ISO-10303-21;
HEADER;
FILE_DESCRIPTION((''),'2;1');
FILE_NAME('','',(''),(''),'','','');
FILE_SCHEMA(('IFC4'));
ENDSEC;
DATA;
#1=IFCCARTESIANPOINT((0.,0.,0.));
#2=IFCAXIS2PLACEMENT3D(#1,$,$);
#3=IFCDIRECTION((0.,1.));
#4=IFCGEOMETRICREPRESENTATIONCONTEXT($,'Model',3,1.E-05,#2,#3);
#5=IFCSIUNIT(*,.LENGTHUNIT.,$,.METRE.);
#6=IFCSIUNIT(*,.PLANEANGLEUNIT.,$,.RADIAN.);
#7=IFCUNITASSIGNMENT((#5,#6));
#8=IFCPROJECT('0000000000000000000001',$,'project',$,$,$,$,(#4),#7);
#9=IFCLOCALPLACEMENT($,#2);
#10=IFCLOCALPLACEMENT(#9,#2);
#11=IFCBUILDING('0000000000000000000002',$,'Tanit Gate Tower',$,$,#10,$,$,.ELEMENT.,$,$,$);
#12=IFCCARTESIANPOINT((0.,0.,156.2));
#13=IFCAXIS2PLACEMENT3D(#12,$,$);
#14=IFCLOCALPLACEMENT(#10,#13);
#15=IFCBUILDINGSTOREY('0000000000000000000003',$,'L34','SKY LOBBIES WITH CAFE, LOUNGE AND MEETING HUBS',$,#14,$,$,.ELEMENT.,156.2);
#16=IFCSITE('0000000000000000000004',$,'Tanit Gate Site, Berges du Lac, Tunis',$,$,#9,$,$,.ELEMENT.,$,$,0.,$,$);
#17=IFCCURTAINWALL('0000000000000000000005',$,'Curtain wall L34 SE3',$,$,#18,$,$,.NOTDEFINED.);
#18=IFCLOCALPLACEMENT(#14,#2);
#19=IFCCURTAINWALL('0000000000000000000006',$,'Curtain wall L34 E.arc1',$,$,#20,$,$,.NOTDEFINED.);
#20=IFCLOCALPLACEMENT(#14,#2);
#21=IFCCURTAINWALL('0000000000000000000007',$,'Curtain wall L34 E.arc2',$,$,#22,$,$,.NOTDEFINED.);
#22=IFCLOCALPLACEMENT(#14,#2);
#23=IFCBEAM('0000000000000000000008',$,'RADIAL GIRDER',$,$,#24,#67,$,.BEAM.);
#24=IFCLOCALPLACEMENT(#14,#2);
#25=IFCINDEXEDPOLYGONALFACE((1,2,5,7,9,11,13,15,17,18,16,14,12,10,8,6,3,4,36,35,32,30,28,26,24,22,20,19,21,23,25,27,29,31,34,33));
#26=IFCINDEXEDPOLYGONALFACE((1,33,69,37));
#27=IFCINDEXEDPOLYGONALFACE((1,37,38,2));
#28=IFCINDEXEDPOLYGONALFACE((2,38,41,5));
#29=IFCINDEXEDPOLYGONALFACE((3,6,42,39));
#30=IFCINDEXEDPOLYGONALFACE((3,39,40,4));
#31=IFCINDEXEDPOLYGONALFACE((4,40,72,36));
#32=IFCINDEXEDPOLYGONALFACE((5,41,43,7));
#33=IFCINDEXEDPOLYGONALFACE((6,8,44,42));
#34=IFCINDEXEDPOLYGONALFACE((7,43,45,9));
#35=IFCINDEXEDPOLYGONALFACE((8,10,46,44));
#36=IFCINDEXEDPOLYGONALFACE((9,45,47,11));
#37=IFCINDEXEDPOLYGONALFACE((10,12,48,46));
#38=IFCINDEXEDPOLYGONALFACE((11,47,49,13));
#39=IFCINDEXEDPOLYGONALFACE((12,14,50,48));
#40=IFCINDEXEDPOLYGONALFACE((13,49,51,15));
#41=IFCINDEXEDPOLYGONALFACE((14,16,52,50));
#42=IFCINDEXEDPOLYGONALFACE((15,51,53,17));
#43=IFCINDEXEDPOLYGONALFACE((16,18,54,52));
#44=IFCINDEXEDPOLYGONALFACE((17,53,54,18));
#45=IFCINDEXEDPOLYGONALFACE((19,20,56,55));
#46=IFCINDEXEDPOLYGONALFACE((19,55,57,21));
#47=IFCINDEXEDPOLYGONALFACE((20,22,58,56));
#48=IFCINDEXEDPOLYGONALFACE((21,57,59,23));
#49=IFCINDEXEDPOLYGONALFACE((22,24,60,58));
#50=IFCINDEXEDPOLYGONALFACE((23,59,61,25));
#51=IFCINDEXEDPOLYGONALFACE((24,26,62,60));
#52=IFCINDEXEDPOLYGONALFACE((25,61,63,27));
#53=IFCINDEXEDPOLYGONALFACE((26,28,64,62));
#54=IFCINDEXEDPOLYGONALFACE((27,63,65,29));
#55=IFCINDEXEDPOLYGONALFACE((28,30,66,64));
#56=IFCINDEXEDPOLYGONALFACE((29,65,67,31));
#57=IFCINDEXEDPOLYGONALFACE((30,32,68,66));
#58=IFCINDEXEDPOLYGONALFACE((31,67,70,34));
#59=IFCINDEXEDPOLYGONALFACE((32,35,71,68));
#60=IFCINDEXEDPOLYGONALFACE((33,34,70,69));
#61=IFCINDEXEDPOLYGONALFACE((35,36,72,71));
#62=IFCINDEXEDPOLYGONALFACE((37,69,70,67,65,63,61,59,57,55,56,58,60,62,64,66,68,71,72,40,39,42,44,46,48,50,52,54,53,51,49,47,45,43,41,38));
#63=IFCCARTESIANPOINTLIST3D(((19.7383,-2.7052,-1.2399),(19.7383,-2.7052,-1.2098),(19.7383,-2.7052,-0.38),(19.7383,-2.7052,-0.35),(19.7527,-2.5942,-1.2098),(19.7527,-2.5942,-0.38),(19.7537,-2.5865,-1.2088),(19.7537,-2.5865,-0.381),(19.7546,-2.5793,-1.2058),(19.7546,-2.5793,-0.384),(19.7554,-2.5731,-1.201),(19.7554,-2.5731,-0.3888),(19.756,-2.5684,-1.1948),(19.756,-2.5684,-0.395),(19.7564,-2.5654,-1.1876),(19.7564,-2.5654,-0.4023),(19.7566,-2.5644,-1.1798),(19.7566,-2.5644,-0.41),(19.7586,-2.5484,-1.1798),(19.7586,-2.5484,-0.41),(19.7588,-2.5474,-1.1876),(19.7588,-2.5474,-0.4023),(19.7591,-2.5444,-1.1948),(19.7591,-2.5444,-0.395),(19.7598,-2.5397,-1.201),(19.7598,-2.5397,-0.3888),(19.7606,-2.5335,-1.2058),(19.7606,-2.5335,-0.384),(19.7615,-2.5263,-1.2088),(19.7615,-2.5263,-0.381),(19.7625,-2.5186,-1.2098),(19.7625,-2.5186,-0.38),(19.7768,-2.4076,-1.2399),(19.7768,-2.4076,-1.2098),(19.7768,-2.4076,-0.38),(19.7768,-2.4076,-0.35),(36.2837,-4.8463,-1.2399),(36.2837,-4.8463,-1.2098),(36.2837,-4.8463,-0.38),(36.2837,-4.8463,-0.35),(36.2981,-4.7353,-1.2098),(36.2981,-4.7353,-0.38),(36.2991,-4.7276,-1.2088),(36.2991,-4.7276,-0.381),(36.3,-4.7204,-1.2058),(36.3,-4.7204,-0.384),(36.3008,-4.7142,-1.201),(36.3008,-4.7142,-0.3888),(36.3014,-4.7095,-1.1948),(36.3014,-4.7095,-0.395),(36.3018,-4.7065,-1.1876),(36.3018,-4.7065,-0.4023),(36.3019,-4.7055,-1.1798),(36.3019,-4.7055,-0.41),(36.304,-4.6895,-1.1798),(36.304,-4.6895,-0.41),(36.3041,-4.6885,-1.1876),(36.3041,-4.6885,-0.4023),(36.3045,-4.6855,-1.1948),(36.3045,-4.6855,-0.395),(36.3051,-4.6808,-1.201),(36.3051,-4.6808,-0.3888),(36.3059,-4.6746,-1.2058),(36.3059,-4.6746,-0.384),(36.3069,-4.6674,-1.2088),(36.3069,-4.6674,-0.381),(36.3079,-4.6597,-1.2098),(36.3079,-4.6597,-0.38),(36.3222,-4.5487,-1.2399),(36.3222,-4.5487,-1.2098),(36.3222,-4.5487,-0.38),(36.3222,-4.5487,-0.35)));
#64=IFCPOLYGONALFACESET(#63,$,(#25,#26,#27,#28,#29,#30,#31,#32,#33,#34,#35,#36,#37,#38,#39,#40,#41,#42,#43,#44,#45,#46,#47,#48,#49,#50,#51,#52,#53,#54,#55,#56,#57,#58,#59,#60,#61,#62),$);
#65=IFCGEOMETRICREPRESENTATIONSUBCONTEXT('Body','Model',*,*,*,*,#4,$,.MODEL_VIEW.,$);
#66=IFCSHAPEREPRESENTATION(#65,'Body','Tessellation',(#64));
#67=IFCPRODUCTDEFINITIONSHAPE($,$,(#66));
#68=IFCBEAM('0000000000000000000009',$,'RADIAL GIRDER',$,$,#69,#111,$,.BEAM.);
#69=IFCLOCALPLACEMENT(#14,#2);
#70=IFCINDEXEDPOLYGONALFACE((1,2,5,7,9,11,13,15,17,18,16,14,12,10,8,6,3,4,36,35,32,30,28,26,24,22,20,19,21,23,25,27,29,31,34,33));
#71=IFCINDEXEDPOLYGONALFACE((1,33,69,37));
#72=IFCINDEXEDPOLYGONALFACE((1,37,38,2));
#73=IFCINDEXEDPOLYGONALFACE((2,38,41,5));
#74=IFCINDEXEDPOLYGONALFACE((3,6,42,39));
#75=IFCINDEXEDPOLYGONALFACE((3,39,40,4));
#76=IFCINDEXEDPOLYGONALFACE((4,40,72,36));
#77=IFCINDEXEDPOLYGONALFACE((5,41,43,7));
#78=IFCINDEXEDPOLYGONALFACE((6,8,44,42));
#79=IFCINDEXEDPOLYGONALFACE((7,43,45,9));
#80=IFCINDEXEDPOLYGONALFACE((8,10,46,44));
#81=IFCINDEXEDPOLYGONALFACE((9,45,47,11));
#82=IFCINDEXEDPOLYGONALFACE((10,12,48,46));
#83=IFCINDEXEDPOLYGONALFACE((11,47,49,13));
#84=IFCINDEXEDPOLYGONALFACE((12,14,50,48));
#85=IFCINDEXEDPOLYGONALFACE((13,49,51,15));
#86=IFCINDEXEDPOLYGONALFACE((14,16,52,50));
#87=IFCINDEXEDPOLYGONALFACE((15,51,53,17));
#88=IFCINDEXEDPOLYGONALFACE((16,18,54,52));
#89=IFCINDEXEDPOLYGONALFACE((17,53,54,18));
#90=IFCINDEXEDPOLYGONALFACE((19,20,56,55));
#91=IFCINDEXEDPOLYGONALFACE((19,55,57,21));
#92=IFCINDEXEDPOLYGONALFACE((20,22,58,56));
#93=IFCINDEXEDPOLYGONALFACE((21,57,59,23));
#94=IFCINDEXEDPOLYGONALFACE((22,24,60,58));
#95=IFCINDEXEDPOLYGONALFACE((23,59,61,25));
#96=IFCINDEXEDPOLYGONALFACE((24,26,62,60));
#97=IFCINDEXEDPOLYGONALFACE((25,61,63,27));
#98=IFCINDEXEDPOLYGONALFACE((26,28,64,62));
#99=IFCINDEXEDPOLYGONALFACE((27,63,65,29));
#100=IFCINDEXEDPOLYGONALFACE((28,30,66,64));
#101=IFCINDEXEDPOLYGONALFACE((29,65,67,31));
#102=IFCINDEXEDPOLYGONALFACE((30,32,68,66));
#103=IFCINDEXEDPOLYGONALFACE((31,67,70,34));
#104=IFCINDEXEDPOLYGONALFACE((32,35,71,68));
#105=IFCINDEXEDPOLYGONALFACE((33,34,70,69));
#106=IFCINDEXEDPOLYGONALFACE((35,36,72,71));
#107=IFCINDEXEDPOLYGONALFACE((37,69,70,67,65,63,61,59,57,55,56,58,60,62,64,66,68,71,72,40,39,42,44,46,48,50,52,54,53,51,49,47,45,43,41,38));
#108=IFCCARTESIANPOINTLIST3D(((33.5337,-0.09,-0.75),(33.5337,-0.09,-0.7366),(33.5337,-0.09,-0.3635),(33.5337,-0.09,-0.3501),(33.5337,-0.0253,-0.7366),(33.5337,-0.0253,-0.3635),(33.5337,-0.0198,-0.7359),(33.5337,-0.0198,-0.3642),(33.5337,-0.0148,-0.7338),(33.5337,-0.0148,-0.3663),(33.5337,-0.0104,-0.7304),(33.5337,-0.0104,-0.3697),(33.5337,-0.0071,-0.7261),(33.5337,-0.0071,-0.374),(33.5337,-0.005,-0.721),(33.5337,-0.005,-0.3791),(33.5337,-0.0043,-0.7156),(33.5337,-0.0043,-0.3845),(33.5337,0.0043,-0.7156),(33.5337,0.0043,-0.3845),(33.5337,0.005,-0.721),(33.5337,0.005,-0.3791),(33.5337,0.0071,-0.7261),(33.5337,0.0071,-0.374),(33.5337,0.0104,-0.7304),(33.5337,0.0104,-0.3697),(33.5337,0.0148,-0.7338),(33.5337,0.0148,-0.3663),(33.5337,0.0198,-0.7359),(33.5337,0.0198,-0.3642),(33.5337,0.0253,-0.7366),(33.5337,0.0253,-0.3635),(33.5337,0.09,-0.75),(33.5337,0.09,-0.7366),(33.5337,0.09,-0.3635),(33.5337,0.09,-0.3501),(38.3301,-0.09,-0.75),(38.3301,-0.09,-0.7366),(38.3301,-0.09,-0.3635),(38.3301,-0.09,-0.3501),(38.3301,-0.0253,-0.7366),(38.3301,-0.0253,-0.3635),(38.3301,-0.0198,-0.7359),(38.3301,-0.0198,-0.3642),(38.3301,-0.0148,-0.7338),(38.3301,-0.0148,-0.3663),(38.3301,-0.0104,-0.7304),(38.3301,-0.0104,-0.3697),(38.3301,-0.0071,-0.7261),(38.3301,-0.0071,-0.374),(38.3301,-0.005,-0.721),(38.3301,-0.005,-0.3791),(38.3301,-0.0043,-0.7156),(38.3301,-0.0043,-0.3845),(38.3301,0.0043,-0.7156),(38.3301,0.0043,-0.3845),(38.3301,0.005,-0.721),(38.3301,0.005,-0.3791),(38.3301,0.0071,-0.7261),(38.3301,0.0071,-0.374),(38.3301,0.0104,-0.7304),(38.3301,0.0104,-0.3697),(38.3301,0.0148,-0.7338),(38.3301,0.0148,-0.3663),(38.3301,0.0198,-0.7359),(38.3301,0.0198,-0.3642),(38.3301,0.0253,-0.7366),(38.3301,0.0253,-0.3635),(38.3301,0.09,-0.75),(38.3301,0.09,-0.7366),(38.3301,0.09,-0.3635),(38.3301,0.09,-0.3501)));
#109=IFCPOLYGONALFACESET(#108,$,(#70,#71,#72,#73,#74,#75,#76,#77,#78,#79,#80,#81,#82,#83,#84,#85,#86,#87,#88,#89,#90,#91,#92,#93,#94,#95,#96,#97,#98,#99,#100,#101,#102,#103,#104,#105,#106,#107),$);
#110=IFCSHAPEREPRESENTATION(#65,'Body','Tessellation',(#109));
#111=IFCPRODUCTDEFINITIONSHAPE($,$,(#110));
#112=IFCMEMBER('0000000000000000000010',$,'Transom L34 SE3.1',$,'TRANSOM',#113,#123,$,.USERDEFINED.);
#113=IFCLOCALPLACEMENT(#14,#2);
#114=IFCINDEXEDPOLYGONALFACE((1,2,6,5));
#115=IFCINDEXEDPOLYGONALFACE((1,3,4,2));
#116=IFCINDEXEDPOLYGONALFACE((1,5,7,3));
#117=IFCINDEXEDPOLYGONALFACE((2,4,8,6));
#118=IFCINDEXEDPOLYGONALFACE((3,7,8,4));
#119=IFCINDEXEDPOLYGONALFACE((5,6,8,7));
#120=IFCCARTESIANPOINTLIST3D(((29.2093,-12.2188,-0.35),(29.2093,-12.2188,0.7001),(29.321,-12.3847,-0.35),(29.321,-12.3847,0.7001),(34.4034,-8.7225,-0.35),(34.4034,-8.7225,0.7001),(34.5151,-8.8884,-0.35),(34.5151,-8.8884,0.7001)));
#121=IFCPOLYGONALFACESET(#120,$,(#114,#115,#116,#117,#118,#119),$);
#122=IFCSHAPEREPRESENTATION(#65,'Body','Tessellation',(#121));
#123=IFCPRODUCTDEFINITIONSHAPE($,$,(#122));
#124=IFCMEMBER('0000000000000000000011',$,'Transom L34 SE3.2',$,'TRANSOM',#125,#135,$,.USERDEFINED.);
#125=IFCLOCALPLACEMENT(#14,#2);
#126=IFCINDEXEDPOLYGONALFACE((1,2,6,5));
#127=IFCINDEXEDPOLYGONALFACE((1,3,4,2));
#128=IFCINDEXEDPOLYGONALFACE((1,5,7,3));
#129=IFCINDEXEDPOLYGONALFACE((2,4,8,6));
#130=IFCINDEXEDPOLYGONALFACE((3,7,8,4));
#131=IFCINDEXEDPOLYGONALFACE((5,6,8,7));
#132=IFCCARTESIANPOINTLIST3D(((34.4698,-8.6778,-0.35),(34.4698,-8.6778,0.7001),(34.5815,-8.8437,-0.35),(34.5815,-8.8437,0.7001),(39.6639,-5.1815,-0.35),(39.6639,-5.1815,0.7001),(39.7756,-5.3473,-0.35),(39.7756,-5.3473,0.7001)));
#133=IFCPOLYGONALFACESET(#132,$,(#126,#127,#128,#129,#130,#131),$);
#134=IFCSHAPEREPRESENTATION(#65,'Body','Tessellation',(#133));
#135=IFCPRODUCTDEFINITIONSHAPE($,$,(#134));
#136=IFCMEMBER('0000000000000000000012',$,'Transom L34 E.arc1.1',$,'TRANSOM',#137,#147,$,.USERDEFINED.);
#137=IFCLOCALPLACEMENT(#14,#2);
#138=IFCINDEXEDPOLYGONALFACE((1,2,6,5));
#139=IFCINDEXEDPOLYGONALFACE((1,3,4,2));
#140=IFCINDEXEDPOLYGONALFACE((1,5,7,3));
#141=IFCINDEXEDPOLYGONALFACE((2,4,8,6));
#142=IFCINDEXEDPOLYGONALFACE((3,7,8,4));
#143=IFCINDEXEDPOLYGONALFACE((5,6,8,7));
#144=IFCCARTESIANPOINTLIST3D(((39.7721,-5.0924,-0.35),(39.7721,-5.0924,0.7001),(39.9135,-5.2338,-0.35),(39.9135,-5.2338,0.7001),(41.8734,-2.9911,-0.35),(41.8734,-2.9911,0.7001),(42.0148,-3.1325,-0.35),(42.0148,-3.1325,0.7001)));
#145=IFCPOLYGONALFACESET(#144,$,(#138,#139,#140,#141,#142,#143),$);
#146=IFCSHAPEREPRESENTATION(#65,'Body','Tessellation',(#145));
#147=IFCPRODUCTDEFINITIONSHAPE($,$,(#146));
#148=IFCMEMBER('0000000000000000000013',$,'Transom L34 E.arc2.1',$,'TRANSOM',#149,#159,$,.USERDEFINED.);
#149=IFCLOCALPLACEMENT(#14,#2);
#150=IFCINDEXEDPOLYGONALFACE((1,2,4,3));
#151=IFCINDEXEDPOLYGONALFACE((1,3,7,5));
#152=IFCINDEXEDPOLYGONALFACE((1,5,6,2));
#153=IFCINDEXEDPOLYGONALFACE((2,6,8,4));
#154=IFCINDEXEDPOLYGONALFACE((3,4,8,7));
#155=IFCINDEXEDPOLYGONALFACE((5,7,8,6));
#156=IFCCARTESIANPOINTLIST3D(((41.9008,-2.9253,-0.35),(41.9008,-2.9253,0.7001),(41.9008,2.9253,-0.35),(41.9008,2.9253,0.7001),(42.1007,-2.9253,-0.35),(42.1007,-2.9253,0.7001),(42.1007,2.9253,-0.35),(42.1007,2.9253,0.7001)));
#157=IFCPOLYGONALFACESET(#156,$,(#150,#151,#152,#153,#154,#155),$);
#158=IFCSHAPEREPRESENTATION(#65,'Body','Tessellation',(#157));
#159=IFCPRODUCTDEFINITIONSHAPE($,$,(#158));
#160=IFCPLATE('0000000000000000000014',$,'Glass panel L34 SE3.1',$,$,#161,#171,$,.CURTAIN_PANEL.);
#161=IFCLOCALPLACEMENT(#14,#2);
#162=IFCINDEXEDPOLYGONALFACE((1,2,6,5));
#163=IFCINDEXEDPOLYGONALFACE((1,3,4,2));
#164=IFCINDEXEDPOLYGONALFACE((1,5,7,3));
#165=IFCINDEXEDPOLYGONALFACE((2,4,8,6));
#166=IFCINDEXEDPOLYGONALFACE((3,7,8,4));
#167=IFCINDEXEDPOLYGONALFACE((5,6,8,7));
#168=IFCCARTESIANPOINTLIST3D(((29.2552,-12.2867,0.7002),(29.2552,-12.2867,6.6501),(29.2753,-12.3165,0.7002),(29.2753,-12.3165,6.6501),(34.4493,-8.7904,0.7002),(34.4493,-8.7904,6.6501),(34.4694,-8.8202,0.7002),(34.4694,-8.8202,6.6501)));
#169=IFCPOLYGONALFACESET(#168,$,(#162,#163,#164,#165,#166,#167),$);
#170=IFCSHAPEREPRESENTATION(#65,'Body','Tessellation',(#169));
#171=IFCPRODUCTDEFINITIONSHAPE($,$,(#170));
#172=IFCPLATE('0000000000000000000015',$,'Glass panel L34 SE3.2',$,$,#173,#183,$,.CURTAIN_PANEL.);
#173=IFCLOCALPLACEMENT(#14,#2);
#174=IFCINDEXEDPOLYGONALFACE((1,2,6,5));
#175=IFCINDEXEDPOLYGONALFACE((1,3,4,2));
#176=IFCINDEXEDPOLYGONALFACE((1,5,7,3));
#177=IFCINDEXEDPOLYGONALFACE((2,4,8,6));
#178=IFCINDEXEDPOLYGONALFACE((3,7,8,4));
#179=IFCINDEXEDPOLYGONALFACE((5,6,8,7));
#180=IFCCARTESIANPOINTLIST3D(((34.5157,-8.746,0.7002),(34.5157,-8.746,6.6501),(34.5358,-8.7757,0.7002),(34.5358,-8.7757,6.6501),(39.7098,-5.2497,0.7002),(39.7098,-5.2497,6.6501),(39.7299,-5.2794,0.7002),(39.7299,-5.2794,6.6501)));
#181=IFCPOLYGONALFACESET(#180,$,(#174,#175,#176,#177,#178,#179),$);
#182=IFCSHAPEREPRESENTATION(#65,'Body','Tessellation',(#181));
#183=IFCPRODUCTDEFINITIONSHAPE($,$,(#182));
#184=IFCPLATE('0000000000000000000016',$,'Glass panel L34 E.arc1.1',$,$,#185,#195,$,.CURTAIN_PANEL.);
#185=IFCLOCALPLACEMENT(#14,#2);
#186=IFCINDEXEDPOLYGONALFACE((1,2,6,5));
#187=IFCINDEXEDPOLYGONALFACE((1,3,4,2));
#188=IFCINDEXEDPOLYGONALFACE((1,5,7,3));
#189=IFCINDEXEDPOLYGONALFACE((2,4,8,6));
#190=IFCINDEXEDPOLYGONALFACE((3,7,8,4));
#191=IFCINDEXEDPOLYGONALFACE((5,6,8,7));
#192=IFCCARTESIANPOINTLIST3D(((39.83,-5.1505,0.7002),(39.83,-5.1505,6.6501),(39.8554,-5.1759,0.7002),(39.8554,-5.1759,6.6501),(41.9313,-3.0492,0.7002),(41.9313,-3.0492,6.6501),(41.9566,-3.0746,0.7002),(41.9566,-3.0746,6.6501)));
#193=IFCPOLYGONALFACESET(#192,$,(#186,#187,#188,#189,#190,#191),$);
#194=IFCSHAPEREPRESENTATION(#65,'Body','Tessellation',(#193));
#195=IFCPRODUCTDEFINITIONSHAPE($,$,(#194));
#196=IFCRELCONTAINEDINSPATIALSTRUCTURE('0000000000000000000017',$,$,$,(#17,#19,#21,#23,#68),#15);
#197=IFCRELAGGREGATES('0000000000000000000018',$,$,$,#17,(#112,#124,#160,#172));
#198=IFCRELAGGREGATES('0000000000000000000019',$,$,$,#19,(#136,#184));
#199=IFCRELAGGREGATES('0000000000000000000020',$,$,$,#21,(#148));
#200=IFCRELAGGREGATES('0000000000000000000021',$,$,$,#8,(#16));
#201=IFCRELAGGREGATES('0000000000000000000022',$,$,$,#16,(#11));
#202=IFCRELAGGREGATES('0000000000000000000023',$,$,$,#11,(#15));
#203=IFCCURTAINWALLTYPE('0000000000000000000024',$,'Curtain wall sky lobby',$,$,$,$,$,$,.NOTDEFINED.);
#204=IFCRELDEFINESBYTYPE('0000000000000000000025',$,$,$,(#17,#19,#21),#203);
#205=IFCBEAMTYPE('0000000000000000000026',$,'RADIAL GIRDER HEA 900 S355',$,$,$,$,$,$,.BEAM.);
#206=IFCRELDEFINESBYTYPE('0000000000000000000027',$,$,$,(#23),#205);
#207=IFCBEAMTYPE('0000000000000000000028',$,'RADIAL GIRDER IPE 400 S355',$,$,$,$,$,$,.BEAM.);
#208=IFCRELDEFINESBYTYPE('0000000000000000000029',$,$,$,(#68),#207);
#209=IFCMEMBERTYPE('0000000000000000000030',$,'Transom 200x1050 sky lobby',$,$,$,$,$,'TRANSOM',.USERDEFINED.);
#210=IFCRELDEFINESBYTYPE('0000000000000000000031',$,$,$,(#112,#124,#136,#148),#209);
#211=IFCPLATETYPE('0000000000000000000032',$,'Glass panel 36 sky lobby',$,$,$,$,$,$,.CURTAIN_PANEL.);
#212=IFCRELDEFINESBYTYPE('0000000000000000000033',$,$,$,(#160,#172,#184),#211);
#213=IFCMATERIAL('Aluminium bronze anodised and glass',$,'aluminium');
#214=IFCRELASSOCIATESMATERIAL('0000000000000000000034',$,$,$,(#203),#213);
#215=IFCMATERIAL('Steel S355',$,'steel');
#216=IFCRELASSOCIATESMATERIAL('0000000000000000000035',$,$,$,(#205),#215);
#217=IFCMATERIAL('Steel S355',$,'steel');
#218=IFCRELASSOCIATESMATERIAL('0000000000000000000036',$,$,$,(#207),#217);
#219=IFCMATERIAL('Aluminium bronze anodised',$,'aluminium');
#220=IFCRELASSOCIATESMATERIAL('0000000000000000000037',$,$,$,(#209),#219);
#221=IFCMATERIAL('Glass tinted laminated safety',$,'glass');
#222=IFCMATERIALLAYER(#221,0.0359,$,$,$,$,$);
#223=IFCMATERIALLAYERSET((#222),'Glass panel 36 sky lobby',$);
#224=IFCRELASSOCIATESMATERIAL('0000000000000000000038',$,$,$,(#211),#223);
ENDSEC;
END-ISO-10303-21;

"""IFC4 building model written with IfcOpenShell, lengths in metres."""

from ifc_helpers import new_model, si_unit, direction, frame, origin, origin_2d, place, context, subcontext, project, spatial, rectangle, i_section, extrude, material, layer, layer_set, material_profile, profile_set, type_object, element, aggregate, save


model = new_model("IFC4")

# Units and contexts
model_context = context("Model", 3, precision=1e-05, world=origin(), true_north=direction((0.0, 1.0)))
body_context = subcontext(model_context, "Body", "Model", "MODEL_VIEW")
ifc_project = project(units=[si_unit("LENGTHUNIT", "METRE"), si_unit("PLANEANGLEUNIT", "RADIAN")], contexts=[model_context])

# Site, building, storey
site_placement = place(None, origin())
site = spatial("IfcSite", under=ifc_project, at=site_placement, Name="Tanit Gate Site, Berges du Lac, Tunis", CompositionType="ELEMENT", RefElevation=0.0)
building_placement = place(site_placement, origin())
building = spatial("IfcBuilding", under=site, at=building_placement, Name="Tanit Gate Tower", CompositionType="ELEMENT")
storey_placement = place(building_placement, frame((0.0, 0.0, 156.2)))
storey = spatial("IfcBuildingStorey", under=building, at=storey_placement, Name="L34", Description="SKY LOBBIES WITH CAFE, LOUNGE AND MEETING HUBS", CompositionType="ELEMENT", Elevation=156.2)

# Shared definitions
ifc_material_1 = material(Name="Aluminium bronze anodised and glass", Category="aluminium")
curtain_wall_type = type_object("IfcCurtainWallType", Name="Curtain wall sky lobby", PredefinedType="NOTDEFINED", material=ifc_material_1)

# Curtain walls
curtain_wall_1_placement = place(storey_placement, origin())
curtain_wall_1 = element("IfcCurtainWall", 1, at=curtain_wall_1_placement, inside=storey, type_object=curtain_wall_type, Name="Curtain wall L34 SE3", PredefinedType="NOTDEFINED")
curtain_wall_2_placement = place(storey_placement, origin())
curtain_wall_2 = element("IfcCurtainWall", 2, at=curtain_wall_2_placement, inside=storey, type_object=curtain_wall_type, Name="Curtain wall L34 E.arc1", PredefinedType="NOTDEFINED")

# Curtain wall
curtain_wall_3_placement = place(storey_placement, origin())
curtain_wall_3 = element("IfcCurtainWall", 3, at=curtain_wall_3_placement, inside=storey, type_object=curtain_wall_type, Name="Curtain wall L34 E.arc2", PredefinedType="NOTDEFINED")

# Beams
ifc_material_2 = material(Name="Steel S355", Category="steel")
ifc_material_profile_1 = material_profile(ifc_material_2, i_section(OverallWidth=0.3, OverallDepth=0.8899, WebThickness=0.0161, FlangeThickness=0.03, FilletRadius=0.03, at=origin_2d()), Name="HEA 900")
ifc_profile_set_1 = profile_set([ifc_material_profile_1], Name="Steel S355")
beam_type_1 = type_object("IfcBeamType", Name="RADIAL GIRDER HEA 900 S355", PredefinedType="BEAM", material=ifc_profile_set_1)
beam_1_placement = place(storey_placement, frame((36.303, -4.6975, -0.7949), z_axis=(-0.99173, 0.128338, 0.0), x_axis=(-0.128338, -0.99173, 0.0)))
element("IfcBeam", 4, at=beam_1_placement, inside=storey, type_object=beam_type_1, Name="RADIAL GIRDER", PredefinedType="BEAM", context=body_context, shape_type="SweptSolid", body=[
    extrude(i_section(OverallWidth=0.3, OverallDepth=0.8899, WebThickness=0.0161, FlangeThickness=0.03, FilletRadius=0.03, at=origin_2d()), origin(), (0.0, 0.0, 1.0), 16.6833),
])
ifc_material_3 = material(Name="Steel S355", Category="steel")
ifc_material_profile_2 = material_profile(ifc_material_3, i_section(OverallWidth=0.1799, OverallDepth=0.3999, WebThickness=0.0085, FlangeThickness=0.0134, FilletRadius=0.021, at=origin_2d()), Name="IPE 400")
ifc_profile_set_2 = profile_set([ifc_material_profile_2], Name="Steel S355")
beam_type_2 = type_object("IfcBeamType", Name="RADIAL GIRDER IPE 400 S355", PredefinedType="BEAM", material=ifc_profile_set_2)
beam_2_placement = place(storey_placement, frame((38.3301, 0.0, -0.55), z_axis=(-1.0, 0.0, 0.0), x_axis=(0.0, -1.0, 0.0)))
element("IfcBeam", 5, at=beam_2_placement, inside=storey, type_object=beam_type_2, Name="RADIAL GIRDER", PredefinedType="BEAM", context=body_context, shape_type="SweptSolid", body=[
    extrude(i_section(OverallWidth=0.1799, OverallDepth=0.3999, WebThickness=0.0085, FlangeThickness=0.0134, FilletRadius=0.021, at=origin_2d()), origin(), (0.0, 0.0, 1.0), 4.7964),
])

# Members
ifc_material_4 = material(Name="Aluminium bronze anodised", Category="aluminium")
ifc_material_profile_3 = material_profile(ifc_material_4, rectangle(XDim=0.2, YDim=1.05, at=origin_2d()), Name="200x1050 bronze transom")
ifc_profile_set_3 = profile_set([ifc_material_profile_3], Name="Aluminium bronze anodised")
member_type_1 = type_object("IfcMemberType", Name="Transom 200x1050 sky lobby", ElementType="TRANSOM", PredefinedType="USERDEFINED", material=ifc_profile_set_3)
member_1_placement = place(storey_placement, frame((29.2651, -12.3018, 0.175), z_axis=(0.829564, 0.558411, 0.0), x_axis=(-0.558411, 0.829564, 0.0)))
member_1 = element("IfcMember", 6, at=member_1_placement, type_object=member_type_1, Name="Transom L34 SE3.1", ObjectType="TRANSOM", PredefinedType="USERDEFINED", context=body_context, shape_type="SweptSolid", body=[
    extrude(rectangle(XDim=0.2, YDim=1.05, at=origin_2d()), origin(), (0.0, 0.0, 1.0), 6.2612),
])
member_2_placement = place(storey_placement, frame((34.5256, -8.7607, 0.175), z_axis=(0.829564, 0.558411, 0.0), x_axis=(-0.558411, 0.829564, 0.0)))
member_2 = element("IfcMember", 7, at=member_2_placement, type_object=member_type_1, Name="Transom L34 SE3.2", ObjectType="TRANSOM", PredefinedType="USERDEFINED", context=body_context, shape_type="SweptSolid", body=[
    extrude(rectangle(XDim=0.2, YDim=1.05, at=origin_2d()), origin(), (0.0, 0.0, 1.0), 6.2612),
])
member_3_placement = place(storey_placement, frame((39.8428, -5.1631, 0.175), z_axis=(0.707107, 0.707107, 0.0), x_axis=(-0.707107, 0.707107, 0.0)))
member_3 = element("IfcMember", 8, at=member_3_placement, type_object=member_type_1, Name="Transom L34 E.arc1.1", ObjectType="TRANSOM", PredefinedType="USERDEFINED", context=body_context, shape_type="SweptSolid", body=[
    extrude(rectangle(XDim=0.2, YDim=1.05, at=origin_2d()), origin(), (0.0, 0.0, 1.0), 2.9717),
])
member_4_placement = place(storey_placement, frame((42.0007, -2.9253, 0.175), z_axis=(0.0, 1.0, 0.0), x_axis=(-1.0, 0.0, 0.0)))
member_4 = element("IfcMember", 9, at=member_4_placement, type_object=member_type_1, Name="Transom L34 E.arc2.1", ObjectType="TRANSOM", PredefinedType="USERDEFINED", context=body_context, shape_type="SweptSolid", body=[
    extrude(rectangle(XDim=0.2, YDim=1.05, at=origin_2d()), origin(), (0.0, 0.0, 1.0), 5.8506),
])

# Plates
ifc_material_5 = material(Name="Glass tinted laminated safety", Category="glass")
ifc_layer = layer(ifc_material_5, 0.0359)
ifc_layer_set = layer_set([ifc_layer], Name="Glass panel 36 sky lobby")
plate_type = type_object("IfcPlateType", Name="Glass panel 36 sky lobby", PredefinedType="CURTAIN_PANEL", material=ifc_layer_set)
plate_1_placement = place(storey_placement, frame((31.8623, -10.5535, 0.7002), z_axis=(0.0, 0.0, 1.0), x_axis=(0.829567, 0.558408, 0.0)))
plate_1 = element("IfcPlate", 10, at=plate_1_placement, type_object=plate_type, Name="Glass panel L34 SE3.1", PredefinedType="CURTAIN_PANEL", context=body_context, shape_type="SweptSolid", body=[
    extrude(rectangle(XDim=6.2612, YDim=0.0359, at=origin_2d()), origin(), (0.0, 0.0, 1.0), 5.95),
])
plate_2_placement = place(storey_placement, frame((37.1228, -7.0127, 0.7002), z_axis=(0.0, 0.0, 1.0), x_axis=(0.829567, 0.558408, 0.0)))
plate_2 = element("IfcPlate", 11, at=plate_2_placement, type_object=plate_type, Name="Glass panel L34 SE3.2", PredefinedType="CURTAIN_PANEL", context=body_context, shape_type="SweptSolid", body=[
    extrude(rectangle(XDim=6.2612, YDim=0.0359, at=origin_2d()), origin(), (0.0, 0.0, 1.0), 5.95),
])
aggregate(curtain_wall_1, [member_1, member_2, plate_1, plate_2])
plate_3_placement = place(storey_placement, frame((40.8933, -4.1125, 0.7002), z_axis=(0.0, 0.0, 1.0), x_axis=(0.707107, 0.707107, 0.0)))
plate_3 = element("IfcPlate", 12, at=plate_3_placement, type_object=plate_type, Name="Glass panel L34 E.arc1.1", PredefinedType="CURTAIN_PANEL", context=body_context, shape_type="SweptSolid", body=[
    extrude(rectangle(XDim=2.9717, YDim=0.0359, at=origin_2d()), origin(), (0.0, 0.0, 1.0), 5.95),
])
aggregate(curtain_wall_2, [member_3, plate_3])
aggregate(curtain_wall_3, [member_4])

save(model, "model.ifc")
